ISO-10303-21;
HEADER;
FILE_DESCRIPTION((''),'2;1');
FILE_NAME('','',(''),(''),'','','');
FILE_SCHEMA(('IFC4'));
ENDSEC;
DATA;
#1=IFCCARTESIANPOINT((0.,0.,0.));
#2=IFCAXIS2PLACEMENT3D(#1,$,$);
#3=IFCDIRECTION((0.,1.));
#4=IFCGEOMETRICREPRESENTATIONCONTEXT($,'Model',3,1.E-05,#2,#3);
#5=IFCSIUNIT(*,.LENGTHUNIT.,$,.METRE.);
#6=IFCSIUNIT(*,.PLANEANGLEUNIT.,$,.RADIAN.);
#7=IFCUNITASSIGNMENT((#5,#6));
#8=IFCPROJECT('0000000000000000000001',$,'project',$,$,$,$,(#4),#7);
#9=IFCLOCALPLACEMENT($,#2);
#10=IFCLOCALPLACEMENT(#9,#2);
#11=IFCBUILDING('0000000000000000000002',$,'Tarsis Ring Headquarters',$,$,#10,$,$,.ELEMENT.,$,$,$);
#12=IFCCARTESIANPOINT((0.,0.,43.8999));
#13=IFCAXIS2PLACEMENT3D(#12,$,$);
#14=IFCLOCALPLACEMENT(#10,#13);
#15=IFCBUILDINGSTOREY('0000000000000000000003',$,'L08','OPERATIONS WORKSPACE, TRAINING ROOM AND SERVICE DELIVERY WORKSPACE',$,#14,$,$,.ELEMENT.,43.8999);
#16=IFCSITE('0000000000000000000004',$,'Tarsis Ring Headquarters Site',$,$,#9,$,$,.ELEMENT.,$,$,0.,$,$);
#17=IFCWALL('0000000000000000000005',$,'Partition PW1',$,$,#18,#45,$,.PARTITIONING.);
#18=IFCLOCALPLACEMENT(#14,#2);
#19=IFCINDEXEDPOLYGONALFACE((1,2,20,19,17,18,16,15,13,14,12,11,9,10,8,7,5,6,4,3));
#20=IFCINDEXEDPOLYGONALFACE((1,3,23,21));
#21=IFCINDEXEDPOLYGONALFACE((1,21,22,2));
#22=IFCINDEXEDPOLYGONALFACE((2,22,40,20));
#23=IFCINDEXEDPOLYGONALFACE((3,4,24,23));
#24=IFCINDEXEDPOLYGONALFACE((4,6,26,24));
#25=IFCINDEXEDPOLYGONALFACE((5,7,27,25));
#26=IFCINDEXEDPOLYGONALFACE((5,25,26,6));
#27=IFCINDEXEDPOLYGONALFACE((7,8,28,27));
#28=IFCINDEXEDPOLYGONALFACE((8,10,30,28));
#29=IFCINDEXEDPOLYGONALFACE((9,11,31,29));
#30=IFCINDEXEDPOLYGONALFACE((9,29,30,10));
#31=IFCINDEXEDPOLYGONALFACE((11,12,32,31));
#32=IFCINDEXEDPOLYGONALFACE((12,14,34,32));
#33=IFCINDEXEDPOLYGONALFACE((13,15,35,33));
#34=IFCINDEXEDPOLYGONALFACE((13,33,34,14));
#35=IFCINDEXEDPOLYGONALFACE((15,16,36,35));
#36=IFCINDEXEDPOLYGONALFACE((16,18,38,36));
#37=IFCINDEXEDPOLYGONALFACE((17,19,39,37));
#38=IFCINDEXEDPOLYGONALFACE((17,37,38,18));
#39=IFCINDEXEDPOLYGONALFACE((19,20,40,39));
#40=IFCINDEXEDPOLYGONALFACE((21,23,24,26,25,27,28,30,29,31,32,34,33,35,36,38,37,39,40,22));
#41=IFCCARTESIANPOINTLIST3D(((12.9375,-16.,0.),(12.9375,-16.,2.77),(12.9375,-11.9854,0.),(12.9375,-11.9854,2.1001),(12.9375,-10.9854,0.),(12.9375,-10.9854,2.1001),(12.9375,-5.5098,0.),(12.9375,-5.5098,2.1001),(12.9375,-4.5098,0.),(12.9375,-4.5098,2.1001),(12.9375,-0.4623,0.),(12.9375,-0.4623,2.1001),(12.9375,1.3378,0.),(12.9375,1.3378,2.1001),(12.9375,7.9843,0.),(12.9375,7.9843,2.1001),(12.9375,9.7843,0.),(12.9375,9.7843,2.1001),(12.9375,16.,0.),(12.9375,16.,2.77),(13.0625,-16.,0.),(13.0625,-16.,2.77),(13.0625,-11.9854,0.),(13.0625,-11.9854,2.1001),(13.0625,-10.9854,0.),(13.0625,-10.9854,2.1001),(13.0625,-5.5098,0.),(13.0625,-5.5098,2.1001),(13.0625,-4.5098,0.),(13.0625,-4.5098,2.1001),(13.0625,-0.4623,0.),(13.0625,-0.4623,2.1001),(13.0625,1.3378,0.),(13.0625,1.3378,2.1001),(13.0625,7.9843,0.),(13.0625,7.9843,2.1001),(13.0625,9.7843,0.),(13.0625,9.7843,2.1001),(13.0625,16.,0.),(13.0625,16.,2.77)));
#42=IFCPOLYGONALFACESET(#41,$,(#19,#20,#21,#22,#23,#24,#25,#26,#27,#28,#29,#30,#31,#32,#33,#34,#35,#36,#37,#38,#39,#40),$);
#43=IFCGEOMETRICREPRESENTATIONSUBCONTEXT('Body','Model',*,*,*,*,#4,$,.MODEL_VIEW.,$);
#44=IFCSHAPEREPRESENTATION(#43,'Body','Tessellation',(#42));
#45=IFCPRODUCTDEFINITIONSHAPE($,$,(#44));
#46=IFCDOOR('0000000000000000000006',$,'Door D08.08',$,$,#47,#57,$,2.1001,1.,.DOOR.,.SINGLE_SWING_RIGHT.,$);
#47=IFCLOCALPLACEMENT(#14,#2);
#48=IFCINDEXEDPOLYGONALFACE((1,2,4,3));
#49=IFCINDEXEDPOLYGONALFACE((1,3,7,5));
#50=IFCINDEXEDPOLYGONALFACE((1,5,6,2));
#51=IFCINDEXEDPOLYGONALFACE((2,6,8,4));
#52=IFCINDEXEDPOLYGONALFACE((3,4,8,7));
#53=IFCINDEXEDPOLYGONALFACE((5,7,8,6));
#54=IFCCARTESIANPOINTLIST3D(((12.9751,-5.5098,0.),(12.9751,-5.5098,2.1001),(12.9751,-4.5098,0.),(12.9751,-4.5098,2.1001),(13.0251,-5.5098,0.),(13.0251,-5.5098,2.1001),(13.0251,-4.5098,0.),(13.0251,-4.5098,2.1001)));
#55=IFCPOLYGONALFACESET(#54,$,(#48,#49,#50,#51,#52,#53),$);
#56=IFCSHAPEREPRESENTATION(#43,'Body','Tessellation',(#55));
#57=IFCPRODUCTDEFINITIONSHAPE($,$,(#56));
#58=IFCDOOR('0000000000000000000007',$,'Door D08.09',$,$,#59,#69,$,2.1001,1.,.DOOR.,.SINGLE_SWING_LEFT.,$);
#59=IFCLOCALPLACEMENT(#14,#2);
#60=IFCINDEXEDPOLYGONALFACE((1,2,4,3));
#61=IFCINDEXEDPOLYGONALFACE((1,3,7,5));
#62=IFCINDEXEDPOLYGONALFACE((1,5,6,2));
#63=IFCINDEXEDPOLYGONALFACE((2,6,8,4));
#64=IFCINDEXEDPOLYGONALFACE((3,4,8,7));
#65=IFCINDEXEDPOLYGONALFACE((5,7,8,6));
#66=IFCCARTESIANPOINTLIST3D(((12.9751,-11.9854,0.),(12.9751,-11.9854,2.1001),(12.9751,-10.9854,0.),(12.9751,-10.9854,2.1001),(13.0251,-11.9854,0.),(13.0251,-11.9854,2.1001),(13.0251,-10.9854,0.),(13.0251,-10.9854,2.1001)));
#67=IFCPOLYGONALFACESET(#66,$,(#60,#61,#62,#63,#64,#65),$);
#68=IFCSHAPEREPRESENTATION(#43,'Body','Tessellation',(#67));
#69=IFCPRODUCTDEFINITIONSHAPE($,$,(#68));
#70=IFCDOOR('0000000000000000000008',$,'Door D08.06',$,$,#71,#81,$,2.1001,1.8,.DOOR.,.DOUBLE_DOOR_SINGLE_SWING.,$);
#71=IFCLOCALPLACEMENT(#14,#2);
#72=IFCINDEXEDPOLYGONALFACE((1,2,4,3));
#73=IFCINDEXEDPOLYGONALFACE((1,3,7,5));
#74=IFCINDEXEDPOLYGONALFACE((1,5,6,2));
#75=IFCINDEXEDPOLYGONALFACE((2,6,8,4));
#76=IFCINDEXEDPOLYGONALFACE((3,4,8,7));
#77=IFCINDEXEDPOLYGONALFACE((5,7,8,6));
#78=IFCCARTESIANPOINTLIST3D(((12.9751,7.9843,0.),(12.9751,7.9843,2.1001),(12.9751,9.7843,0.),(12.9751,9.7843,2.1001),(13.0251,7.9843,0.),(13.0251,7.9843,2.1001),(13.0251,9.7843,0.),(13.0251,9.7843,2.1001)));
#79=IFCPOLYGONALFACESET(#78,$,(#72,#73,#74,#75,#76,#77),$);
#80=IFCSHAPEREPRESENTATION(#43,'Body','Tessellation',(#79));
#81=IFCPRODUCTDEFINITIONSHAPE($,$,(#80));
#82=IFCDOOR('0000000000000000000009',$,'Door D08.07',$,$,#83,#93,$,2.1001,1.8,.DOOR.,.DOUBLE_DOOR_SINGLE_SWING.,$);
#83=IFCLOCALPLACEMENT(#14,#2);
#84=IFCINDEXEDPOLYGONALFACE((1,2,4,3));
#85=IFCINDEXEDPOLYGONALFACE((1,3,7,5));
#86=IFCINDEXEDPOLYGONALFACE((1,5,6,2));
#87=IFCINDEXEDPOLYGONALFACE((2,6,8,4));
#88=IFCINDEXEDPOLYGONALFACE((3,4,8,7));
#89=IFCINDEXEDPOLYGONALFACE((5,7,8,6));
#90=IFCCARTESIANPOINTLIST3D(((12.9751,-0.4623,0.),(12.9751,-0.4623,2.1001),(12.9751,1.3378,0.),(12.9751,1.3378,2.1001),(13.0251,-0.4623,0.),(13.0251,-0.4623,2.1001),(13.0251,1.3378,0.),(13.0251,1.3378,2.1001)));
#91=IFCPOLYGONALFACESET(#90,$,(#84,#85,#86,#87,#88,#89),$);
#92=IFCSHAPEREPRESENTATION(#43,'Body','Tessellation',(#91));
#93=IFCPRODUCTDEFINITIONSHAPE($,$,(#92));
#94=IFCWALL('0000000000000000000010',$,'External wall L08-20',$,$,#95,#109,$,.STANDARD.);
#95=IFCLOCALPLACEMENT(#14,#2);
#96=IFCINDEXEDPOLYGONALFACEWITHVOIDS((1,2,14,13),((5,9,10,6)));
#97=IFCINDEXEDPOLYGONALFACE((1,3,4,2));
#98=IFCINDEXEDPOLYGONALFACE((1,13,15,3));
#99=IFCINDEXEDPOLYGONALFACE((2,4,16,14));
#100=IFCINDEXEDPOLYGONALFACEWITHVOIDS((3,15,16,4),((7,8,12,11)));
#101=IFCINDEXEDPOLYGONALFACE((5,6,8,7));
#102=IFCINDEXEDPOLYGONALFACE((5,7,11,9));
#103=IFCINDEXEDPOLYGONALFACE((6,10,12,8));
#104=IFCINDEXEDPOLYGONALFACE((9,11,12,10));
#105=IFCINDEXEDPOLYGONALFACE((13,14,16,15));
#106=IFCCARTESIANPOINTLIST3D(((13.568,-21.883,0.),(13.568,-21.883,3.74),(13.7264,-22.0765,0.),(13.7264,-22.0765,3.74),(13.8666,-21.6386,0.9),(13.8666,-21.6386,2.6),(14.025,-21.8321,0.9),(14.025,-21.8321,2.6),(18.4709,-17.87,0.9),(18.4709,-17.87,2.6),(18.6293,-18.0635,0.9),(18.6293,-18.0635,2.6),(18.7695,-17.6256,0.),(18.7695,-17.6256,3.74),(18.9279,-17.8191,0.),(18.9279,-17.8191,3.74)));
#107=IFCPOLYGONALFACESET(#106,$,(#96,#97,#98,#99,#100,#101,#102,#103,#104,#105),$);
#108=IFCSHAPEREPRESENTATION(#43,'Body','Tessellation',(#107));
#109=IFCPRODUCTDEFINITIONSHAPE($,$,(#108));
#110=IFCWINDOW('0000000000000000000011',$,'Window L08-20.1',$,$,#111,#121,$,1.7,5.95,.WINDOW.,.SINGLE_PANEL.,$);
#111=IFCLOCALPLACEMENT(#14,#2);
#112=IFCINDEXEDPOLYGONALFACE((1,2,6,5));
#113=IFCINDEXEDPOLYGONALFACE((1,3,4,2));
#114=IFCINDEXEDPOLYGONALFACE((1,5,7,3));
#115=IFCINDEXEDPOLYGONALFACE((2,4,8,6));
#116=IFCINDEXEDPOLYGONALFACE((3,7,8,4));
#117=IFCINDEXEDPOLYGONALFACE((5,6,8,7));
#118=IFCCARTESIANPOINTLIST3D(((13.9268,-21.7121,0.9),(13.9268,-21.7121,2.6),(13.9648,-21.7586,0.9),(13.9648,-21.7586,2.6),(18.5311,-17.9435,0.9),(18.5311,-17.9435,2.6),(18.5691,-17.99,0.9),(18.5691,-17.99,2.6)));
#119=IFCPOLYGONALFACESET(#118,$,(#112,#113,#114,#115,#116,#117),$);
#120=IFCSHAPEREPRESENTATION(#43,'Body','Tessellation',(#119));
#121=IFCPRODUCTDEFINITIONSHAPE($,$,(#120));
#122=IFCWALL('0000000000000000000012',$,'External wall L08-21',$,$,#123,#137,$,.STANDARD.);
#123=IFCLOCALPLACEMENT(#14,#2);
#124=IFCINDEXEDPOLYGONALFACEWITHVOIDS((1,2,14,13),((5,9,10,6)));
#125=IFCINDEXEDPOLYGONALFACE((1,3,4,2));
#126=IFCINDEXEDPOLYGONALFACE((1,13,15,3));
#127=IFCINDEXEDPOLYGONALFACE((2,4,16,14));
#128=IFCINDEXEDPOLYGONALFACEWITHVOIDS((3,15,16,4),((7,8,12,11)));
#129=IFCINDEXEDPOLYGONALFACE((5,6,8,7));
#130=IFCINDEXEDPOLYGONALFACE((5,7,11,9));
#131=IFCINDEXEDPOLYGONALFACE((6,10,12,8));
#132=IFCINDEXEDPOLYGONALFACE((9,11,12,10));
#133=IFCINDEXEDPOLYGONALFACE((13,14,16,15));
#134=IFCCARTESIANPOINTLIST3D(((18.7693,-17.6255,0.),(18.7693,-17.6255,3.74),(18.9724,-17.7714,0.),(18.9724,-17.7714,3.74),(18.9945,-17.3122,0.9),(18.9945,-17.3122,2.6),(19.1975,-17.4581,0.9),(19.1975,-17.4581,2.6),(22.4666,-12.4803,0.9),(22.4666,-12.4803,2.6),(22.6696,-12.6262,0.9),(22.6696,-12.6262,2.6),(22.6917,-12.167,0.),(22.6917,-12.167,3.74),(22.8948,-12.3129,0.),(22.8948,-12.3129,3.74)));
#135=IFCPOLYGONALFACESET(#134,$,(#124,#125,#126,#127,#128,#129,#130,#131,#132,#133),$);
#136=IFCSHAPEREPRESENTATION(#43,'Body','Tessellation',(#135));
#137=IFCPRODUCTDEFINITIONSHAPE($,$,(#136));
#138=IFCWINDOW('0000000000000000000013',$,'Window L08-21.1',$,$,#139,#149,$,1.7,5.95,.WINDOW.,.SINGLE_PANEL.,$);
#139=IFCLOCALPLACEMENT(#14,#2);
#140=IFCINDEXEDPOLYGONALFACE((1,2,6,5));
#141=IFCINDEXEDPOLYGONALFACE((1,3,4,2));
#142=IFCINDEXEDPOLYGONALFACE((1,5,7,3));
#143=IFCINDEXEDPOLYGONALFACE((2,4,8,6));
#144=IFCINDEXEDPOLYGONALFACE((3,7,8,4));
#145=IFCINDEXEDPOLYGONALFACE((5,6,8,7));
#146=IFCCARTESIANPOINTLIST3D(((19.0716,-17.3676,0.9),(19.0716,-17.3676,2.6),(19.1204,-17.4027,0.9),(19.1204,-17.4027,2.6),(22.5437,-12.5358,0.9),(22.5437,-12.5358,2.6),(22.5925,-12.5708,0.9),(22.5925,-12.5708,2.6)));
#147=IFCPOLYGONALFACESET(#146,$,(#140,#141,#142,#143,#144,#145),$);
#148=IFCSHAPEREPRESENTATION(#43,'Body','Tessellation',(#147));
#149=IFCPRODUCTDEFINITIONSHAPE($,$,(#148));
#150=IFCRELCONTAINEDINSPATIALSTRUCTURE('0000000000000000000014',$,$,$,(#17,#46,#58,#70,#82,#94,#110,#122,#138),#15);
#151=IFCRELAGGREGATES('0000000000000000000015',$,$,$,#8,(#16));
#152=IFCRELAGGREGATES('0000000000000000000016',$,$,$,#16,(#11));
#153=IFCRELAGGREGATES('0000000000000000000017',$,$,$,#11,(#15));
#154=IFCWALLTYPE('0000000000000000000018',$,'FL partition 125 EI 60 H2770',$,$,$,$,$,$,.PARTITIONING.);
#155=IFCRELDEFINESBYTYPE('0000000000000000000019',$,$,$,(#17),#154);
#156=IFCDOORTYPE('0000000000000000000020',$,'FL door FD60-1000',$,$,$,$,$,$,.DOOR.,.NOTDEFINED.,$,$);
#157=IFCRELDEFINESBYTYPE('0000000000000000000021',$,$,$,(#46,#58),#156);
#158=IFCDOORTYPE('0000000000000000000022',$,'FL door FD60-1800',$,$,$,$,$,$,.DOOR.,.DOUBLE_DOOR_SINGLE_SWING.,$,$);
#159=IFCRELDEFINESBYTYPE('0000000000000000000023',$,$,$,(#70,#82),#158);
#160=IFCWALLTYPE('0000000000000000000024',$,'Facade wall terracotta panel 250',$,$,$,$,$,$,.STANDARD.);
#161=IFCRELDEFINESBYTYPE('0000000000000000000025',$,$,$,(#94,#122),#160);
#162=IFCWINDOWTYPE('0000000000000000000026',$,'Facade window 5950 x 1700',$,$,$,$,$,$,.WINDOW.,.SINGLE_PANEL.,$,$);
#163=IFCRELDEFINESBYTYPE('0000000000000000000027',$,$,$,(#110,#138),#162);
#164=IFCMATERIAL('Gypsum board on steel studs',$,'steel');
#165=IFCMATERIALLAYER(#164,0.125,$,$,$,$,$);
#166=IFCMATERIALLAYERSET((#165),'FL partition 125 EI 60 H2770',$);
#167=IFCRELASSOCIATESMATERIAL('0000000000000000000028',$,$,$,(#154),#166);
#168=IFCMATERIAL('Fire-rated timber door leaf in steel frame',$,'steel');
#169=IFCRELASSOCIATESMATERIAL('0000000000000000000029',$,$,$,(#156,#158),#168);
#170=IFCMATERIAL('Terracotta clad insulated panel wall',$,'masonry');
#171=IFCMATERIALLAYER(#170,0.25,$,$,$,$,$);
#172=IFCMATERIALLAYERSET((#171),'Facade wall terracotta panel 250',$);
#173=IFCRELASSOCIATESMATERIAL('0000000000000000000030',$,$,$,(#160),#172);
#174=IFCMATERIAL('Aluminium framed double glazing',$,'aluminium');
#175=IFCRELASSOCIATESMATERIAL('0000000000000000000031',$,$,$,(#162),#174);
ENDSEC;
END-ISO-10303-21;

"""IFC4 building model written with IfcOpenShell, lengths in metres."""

from ifc_helpers import new_model, si_unit, direction, frame, frame_2d, origin, place, context, subcontext, project, spatial, rectangle, extrude, material, layer, layer_set, type_object, element, fill, save


model = new_model("IFC4")

# Units and contexts
model_context = context("Model", 3, precision=1e-05, world=origin(), true_north=direction((0.0, 1.0)))
body_context = subcontext(model_context, "Body", "Model", "MODEL_VIEW")
ifc_project = project(units=[si_unit("LENGTHUNIT", "METRE"), si_unit("PLANEANGLEUNIT", "RADIAN")], contexts=[model_context])

# Site, building, storey
site_placement = place(None, origin())
site = spatial("IfcSite", under=ifc_project, at=site_placement, Name="Tarsis Ring Headquarters Site", CompositionType="ELEMENT", RefElevation=0.0)
building_placement = place(site_placement, origin())
building = spatial("IfcBuilding", under=site, at=building_placement, Name="Tarsis Ring Headquarters", CompositionType="ELEMENT")
storey_placement = place(building_placement, frame((0.0, 0.0, 43.8999)))
storey = spatial("IfcBuildingStorey", under=building, at=storey_placement, Name="L08", Description="OPERATIONS WORKSPACE, TRAINING ROOM AND SERVICE DELIVERY WORKSPACE", CompositionType="ELEMENT", Elevation=43.8999)

# Shared definitions
ifc_material_1 = material(Name="Gypsum board on steel studs", Category="steel")

# Wall, openings, doors
ifc_layer_1 = layer(ifc_material_1, 0.125)
ifc_layer_set_1 = layer_set([ifc_layer_1], Name="FL partition 125 EI 60 H2770")
wall_type_1 = type_object("IfcWallType", Name="FL partition 125 EI 60 H2770", PredefinedType="PARTITIONING", material=ifc_layer_set_1)
wall_1_placement = place(storey_placement, frame((13.0, -16.0, 0.0), z_axis=(0.0, 0.0, 1.0), x_axis=(0.0, 1.0, 0.0)))
wall_1 = element("IfcWall", 1, at=wall_1_placement, inside=storey, type_object=wall_type_1, Name="Partition PW1", PredefinedType="PARTITIONING", context=body_context, shape_type="SweptSolid", body=[
    extrude(rectangle(XDim=32.0, YDim=0.125, at=frame_2d((16.0, 0.0))), origin(), (0.0, 0.0, 1.0), 2.77),
])
opening_1_placement = place(wall_1_placement, frame((23.9844, 0.0, 0.0)))
opening_1 = element("IfcOpeningElement", 2, at=opening_1_placement, cuts=wall_1, PredefinedType="OPENING", context=body_context, shape_type="SweptSolid", body=[
    extrude(rectangle(XDim=1.8, YDim=2.1001, at=frame_2d((0.8999, 1.05))), frame((0.0, 0.0725, 0.0), z_axis=(0.0, -1.0, 0.0), x_axis=(1.0, 0.0, 0.0)), (0.0, 0.0, 1.0), 0.145),
])
opening_2_placement = place(wall_1_placement, frame((15.5378, 0.0, 0.0)))
opening_2 = element("IfcOpeningElement", 3, at=opening_2_placement, cuts=wall_1, PredefinedType="OPENING", context=body_context, shape_type="SweptSolid", body=[
    extrude(rectangle(XDim=1.8, YDim=2.1001, at=frame_2d((0.8999, 1.05))), frame((0.0, 0.0725, 0.0), z_axis=(0.0, -1.0, 0.0), x_axis=(1.0, 0.0, 0.0)), (0.0, 0.0, 1.0), 0.145),
])
opening_3_placement = place(wall_1_placement, frame((10.4902, 0.0, 0.0)))
opening_3 = element("IfcOpeningElement", 4, at=opening_3_placement, cuts=wall_1, PredefinedType="OPENING", context=body_context, shape_type="SweptSolid", body=[
    extrude(rectangle(XDim=1.0, YDim=2.1001, at=frame_2d((0.5, 1.05))), frame((0.0, 0.0725, 0.0), z_axis=(0.0, -1.0, 0.0), x_axis=(1.0, 0.0, 0.0)), (0.0, 0.0, 1.0), 0.145),
])
opening_4_placement = place(wall_1_placement, frame((4.0146, 0.0, 0.0)))
opening_4 = element("IfcOpeningElement", 5, at=opening_4_placement, cuts=wall_1, PredefinedType="OPENING", context=body_context, shape_type="SweptSolid", body=[
    extrude(rectangle(XDim=1.0, YDim=2.1001, at=frame_2d((0.5, 1.05))), frame((0.0, 0.0725, 0.0), z_axis=(0.0, -1.0, 0.0), x_axis=(1.0, 0.0, 0.0)), (0.0, 0.0, 1.0), 0.145),
])
ifc_material_2 = material(Name="Fire-rated timber door leaf in steel frame", Category="steel")
door_type_1 = type_object("IfcDoorType", Name="FL door FD60-1000", OperationType="NOTDEFINED", PredefinedType="DOOR", material=ifc_material_2)
door_1_placement = place(opening_3_placement, origin())
door_1 = element("IfcDoor", 6, at=door_1_placement, inside=storey, type_object=door_type_1, Name="Door D08.08", OperationType="SINGLE_SWING_RIGHT", OverallHeight=2.1001, OverallWidth=1.0, PredefinedType="DOOR", context=body_context, shape_type="SweptSolid", body=[
    extrude(rectangle(XDim=1.0, YDim=2.1001, at=frame_2d((0.5, 1.05))), frame((0.0, 0.0249, 0.0), z_axis=(0.0, -1.0, 0.0), x_axis=(1.0, 0.0, 0.0)), (0.0, 0.0, 1.0), 0.05),
])
fill(opening_3, door_1)
door_2_placement = place(opening_4_placement, origin())
door_2 = element("IfcDoor", 7, at=door_2_placement, inside=storey, type_object=door_type_1, Name="Door D08.09", OperationType="SINGLE_SWING_LEFT", OverallHeight=2.1001, OverallWidth=1.0, PredefinedType="DOOR", context=body_context, shape_type="SweptSolid", body=[
    extrude(rectangle(XDim=1.0, YDim=2.1001, at=frame_2d((0.5, 1.05))), frame((0.0, 0.0249, 0.0), z_axis=(0.0, -1.0, 0.0), x_axis=(1.0, 0.0, 0.0)), (0.0, 0.0, 1.0), 0.05),
])
fill(opening_4, door_2)
door_type_2 = type_object("IfcDoorType", Name="FL door FD60-1800", OperationType="DOUBLE_DOOR_SINGLE_SWING", PredefinedType="DOOR", material=ifc_material_2)
door_3_placement = place(opening_1_placement, origin())
door_3 = element("IfcDoor", 8, at=door_3_placement, inside=storey, type_object=door_type_2, Name="Door D08.06", OperationType="DOUBLE_DOOR_SINGLE_SWING", OverallHeight=2.1001, OverallWidth=1.8, PredefinedType="DOOR", context=body_context, shape_type="SweptSolid", body=[
    extrude(rectangle(XDim=1.8, YDim=2.1001, at=frame_2d((0.8999, 1.05))), frame((0.0, 0.0249, 0.0), z_axis=(0.0, -1.0, 0.0), x_axis=(1.0, 0.0, 0.0)), (0.0, 0.0, 1.0), 0.05),
])
fill(opening_1, door_3)
door_4_placement = place(opening_2_placement, origin())
door_4 = element("IfcDoor", 9, at=door_4_placement, inside=storey, type_object=door_type_2, Name="Door D08.07", OperationType="DOUBLE_DOOR_SINGLE_SWING", OverallHeight=2.1001, OverallWidth=1.8, PredefinedType="DOOR", context=body_context, shape_type="SweptSolid", body=[
    extrude(rectangle(XDim=1.8, YDim=2.1001, at=frame_2d((0.8999, 1.05))), frame((0.0, 0.0249, 0.0), z_axis=(0.0, -1.0, 0.0), x_axis=(1.0, 0.0, 0.0)), (0.0, 0.0, 1.0), 0.05),
])
fill(opening_2, door_4)

# Walls, openings, windows
ifc_material_3 = material(Name="Terracotta clad insulated panel wall", Category="masonry")
ifc_layer_2 = layer(ifc_material_3, 0.25)
ifc_layer_set_2 = layer_set([ifc_layer_2], Name="Facade wall terracotta panel 250")
wall_type_2 = type_object("IfcWallType", Name="Facade wall terracotta panel 250", PredefinedType="STANDARD", material=ifc_layer_set_2)
wall_2_placement = place(storey_placement, frame((13.6472, -21.9797, 0.0), z_axis=(0.0, 0.0, 1.0), x_axis=(0.773839, 0.633382, 0.0)))
wall_2 = element("IfcWall", 10, at=wall_2_placement, inside=storey, type_object=wall_type_2, Name="External wall L08-20", PredefinedType="STANDARD", context=body_context, shape_type="SweptSolid", body=[
    extrude(rectangle(XDim=6.7217, YDim=0.25, at=frame_2d((3.3608, 0.0))), origin(), (0.0, 0.0, 1.0), 3.74),
])
opening_5_placement = place(wall_2_placement, frame((0.3857, 0.0, 0.8999)))
opening_5 = element("IfcOpeningElement", 11, at=opening_5_placement, cuts=wall_2, PredefinedType="OPENING", context=body_context, shape_type="SweptSolid", body=[
    extrude(rectangle(XDim=5.95, YDim=1.7, at=frame_2d((2.9751, 0.8501))), frame((0.0, 0.135, 0.0), z_axis=(0.0, -1.0, 0.0), x_axis=(1.0, 0.0, 0.0)), (0.0, 0.0, 1.0), 0.27),
])
ifc_material_4 = material(Name="Aluminium framed double glazing", Category="aluminium")
window_type = type_object("IfcWindowType", Name="Facade window 5950 x 1700", PartitioningType="SINGLE_PANEL", PredefinedType="WINDOW", material=ifc_material_4)
window_1_placement = place(opening_5_placement, origin())
window_1 = element("IfcWindow", 12, at=window_1_placement, inside=storey, type_object=window_type, Name="Window L08-20.1", OverallHeight=1.7, OverallWidth=5.95, PartitioningType="SINGLE_PANEL", PredefinedType="WINDOW", context=body_context, shape_type="SweptSolid", body=[
    extrude(rectangle(XDim=5.95, YDim=1.7, at=frame_2d((2.9751, 0.8501))), frame((0.0, 0.03, 0.0), z_axis=(0.0, -1.0, 0.0), x_axis=(1.0, 0.0, 0.0)), (0.0, 0.0, 1.0), 0.0601),
])
fill(opening_5, window_1)
wall_3_placement = place(storey_placement, frame((18.8708, -17.6985, 0.0), z_axis=(0.0, 0.0, 1.0), x_axis=(0.583545, 0.812081, 0.0)))
wall_3 = element("IfcWall", 13, at=wall_3_placement, inside=storey, type_object=wall_type_2, Name="External wall L08-21", PredefinedType="STANDARD", context=body_context, shape_type="SweptSolid", body=[
    extrude(rectangle(XDim=6.7217, YDim=0.25, at=frame_2d((3.3608, 0.0))), origin(), (0.0, 0.0, 1.0), 3.74),
])
opening_6_placement = place(wall_3_placement, frame((0.3857, 0.0, 0.8999)))
opening_6 = element("IfcOpeningElement", 14, at=opening_6_placement, cuts=wall_3, PredefinedType="OPENING", context=body_context, shape_type="SweptSolid", body=[
    extrude(rectangle(XDim=5.95, YDim=1.7, at=frame_2d((2.9751, 0.8501))), frame((0.0, 0.135, 0.0), z_axis=(0.0, -1.0, 0.0), x_axis=(1.0, 0.0, 0.0)), (0.0, 0.0, 1.0), 0.27),
])
window_2_placement = place(opening_6_placement, origin())
window_2 = element("IfcWindow", 15, at=window_2_placement, inside=storey, type_object=window_type, Name="Window L08-21.1", OverallHeight=1.7, OverallWidth=5.95, PartitioningType="SINGLE_PANEL", PredefinedType="WINDOW", context=body_context, shape_type="SweptSolid", body=[
    extrude(rectangle(XDim=5.95, YDim=1.7, at=frame_2d((2.9751, 0.8501))), frame((0.0, 0.03, 0.0), z_axis=(0.0, -1.0, 0.0), x_axis=(1.0, 0.0, 0.0)), (0.0, 0.0, 1.0), 0.0601),
])
fill(opening_6, window_2)

save(model, "model.ifc")
